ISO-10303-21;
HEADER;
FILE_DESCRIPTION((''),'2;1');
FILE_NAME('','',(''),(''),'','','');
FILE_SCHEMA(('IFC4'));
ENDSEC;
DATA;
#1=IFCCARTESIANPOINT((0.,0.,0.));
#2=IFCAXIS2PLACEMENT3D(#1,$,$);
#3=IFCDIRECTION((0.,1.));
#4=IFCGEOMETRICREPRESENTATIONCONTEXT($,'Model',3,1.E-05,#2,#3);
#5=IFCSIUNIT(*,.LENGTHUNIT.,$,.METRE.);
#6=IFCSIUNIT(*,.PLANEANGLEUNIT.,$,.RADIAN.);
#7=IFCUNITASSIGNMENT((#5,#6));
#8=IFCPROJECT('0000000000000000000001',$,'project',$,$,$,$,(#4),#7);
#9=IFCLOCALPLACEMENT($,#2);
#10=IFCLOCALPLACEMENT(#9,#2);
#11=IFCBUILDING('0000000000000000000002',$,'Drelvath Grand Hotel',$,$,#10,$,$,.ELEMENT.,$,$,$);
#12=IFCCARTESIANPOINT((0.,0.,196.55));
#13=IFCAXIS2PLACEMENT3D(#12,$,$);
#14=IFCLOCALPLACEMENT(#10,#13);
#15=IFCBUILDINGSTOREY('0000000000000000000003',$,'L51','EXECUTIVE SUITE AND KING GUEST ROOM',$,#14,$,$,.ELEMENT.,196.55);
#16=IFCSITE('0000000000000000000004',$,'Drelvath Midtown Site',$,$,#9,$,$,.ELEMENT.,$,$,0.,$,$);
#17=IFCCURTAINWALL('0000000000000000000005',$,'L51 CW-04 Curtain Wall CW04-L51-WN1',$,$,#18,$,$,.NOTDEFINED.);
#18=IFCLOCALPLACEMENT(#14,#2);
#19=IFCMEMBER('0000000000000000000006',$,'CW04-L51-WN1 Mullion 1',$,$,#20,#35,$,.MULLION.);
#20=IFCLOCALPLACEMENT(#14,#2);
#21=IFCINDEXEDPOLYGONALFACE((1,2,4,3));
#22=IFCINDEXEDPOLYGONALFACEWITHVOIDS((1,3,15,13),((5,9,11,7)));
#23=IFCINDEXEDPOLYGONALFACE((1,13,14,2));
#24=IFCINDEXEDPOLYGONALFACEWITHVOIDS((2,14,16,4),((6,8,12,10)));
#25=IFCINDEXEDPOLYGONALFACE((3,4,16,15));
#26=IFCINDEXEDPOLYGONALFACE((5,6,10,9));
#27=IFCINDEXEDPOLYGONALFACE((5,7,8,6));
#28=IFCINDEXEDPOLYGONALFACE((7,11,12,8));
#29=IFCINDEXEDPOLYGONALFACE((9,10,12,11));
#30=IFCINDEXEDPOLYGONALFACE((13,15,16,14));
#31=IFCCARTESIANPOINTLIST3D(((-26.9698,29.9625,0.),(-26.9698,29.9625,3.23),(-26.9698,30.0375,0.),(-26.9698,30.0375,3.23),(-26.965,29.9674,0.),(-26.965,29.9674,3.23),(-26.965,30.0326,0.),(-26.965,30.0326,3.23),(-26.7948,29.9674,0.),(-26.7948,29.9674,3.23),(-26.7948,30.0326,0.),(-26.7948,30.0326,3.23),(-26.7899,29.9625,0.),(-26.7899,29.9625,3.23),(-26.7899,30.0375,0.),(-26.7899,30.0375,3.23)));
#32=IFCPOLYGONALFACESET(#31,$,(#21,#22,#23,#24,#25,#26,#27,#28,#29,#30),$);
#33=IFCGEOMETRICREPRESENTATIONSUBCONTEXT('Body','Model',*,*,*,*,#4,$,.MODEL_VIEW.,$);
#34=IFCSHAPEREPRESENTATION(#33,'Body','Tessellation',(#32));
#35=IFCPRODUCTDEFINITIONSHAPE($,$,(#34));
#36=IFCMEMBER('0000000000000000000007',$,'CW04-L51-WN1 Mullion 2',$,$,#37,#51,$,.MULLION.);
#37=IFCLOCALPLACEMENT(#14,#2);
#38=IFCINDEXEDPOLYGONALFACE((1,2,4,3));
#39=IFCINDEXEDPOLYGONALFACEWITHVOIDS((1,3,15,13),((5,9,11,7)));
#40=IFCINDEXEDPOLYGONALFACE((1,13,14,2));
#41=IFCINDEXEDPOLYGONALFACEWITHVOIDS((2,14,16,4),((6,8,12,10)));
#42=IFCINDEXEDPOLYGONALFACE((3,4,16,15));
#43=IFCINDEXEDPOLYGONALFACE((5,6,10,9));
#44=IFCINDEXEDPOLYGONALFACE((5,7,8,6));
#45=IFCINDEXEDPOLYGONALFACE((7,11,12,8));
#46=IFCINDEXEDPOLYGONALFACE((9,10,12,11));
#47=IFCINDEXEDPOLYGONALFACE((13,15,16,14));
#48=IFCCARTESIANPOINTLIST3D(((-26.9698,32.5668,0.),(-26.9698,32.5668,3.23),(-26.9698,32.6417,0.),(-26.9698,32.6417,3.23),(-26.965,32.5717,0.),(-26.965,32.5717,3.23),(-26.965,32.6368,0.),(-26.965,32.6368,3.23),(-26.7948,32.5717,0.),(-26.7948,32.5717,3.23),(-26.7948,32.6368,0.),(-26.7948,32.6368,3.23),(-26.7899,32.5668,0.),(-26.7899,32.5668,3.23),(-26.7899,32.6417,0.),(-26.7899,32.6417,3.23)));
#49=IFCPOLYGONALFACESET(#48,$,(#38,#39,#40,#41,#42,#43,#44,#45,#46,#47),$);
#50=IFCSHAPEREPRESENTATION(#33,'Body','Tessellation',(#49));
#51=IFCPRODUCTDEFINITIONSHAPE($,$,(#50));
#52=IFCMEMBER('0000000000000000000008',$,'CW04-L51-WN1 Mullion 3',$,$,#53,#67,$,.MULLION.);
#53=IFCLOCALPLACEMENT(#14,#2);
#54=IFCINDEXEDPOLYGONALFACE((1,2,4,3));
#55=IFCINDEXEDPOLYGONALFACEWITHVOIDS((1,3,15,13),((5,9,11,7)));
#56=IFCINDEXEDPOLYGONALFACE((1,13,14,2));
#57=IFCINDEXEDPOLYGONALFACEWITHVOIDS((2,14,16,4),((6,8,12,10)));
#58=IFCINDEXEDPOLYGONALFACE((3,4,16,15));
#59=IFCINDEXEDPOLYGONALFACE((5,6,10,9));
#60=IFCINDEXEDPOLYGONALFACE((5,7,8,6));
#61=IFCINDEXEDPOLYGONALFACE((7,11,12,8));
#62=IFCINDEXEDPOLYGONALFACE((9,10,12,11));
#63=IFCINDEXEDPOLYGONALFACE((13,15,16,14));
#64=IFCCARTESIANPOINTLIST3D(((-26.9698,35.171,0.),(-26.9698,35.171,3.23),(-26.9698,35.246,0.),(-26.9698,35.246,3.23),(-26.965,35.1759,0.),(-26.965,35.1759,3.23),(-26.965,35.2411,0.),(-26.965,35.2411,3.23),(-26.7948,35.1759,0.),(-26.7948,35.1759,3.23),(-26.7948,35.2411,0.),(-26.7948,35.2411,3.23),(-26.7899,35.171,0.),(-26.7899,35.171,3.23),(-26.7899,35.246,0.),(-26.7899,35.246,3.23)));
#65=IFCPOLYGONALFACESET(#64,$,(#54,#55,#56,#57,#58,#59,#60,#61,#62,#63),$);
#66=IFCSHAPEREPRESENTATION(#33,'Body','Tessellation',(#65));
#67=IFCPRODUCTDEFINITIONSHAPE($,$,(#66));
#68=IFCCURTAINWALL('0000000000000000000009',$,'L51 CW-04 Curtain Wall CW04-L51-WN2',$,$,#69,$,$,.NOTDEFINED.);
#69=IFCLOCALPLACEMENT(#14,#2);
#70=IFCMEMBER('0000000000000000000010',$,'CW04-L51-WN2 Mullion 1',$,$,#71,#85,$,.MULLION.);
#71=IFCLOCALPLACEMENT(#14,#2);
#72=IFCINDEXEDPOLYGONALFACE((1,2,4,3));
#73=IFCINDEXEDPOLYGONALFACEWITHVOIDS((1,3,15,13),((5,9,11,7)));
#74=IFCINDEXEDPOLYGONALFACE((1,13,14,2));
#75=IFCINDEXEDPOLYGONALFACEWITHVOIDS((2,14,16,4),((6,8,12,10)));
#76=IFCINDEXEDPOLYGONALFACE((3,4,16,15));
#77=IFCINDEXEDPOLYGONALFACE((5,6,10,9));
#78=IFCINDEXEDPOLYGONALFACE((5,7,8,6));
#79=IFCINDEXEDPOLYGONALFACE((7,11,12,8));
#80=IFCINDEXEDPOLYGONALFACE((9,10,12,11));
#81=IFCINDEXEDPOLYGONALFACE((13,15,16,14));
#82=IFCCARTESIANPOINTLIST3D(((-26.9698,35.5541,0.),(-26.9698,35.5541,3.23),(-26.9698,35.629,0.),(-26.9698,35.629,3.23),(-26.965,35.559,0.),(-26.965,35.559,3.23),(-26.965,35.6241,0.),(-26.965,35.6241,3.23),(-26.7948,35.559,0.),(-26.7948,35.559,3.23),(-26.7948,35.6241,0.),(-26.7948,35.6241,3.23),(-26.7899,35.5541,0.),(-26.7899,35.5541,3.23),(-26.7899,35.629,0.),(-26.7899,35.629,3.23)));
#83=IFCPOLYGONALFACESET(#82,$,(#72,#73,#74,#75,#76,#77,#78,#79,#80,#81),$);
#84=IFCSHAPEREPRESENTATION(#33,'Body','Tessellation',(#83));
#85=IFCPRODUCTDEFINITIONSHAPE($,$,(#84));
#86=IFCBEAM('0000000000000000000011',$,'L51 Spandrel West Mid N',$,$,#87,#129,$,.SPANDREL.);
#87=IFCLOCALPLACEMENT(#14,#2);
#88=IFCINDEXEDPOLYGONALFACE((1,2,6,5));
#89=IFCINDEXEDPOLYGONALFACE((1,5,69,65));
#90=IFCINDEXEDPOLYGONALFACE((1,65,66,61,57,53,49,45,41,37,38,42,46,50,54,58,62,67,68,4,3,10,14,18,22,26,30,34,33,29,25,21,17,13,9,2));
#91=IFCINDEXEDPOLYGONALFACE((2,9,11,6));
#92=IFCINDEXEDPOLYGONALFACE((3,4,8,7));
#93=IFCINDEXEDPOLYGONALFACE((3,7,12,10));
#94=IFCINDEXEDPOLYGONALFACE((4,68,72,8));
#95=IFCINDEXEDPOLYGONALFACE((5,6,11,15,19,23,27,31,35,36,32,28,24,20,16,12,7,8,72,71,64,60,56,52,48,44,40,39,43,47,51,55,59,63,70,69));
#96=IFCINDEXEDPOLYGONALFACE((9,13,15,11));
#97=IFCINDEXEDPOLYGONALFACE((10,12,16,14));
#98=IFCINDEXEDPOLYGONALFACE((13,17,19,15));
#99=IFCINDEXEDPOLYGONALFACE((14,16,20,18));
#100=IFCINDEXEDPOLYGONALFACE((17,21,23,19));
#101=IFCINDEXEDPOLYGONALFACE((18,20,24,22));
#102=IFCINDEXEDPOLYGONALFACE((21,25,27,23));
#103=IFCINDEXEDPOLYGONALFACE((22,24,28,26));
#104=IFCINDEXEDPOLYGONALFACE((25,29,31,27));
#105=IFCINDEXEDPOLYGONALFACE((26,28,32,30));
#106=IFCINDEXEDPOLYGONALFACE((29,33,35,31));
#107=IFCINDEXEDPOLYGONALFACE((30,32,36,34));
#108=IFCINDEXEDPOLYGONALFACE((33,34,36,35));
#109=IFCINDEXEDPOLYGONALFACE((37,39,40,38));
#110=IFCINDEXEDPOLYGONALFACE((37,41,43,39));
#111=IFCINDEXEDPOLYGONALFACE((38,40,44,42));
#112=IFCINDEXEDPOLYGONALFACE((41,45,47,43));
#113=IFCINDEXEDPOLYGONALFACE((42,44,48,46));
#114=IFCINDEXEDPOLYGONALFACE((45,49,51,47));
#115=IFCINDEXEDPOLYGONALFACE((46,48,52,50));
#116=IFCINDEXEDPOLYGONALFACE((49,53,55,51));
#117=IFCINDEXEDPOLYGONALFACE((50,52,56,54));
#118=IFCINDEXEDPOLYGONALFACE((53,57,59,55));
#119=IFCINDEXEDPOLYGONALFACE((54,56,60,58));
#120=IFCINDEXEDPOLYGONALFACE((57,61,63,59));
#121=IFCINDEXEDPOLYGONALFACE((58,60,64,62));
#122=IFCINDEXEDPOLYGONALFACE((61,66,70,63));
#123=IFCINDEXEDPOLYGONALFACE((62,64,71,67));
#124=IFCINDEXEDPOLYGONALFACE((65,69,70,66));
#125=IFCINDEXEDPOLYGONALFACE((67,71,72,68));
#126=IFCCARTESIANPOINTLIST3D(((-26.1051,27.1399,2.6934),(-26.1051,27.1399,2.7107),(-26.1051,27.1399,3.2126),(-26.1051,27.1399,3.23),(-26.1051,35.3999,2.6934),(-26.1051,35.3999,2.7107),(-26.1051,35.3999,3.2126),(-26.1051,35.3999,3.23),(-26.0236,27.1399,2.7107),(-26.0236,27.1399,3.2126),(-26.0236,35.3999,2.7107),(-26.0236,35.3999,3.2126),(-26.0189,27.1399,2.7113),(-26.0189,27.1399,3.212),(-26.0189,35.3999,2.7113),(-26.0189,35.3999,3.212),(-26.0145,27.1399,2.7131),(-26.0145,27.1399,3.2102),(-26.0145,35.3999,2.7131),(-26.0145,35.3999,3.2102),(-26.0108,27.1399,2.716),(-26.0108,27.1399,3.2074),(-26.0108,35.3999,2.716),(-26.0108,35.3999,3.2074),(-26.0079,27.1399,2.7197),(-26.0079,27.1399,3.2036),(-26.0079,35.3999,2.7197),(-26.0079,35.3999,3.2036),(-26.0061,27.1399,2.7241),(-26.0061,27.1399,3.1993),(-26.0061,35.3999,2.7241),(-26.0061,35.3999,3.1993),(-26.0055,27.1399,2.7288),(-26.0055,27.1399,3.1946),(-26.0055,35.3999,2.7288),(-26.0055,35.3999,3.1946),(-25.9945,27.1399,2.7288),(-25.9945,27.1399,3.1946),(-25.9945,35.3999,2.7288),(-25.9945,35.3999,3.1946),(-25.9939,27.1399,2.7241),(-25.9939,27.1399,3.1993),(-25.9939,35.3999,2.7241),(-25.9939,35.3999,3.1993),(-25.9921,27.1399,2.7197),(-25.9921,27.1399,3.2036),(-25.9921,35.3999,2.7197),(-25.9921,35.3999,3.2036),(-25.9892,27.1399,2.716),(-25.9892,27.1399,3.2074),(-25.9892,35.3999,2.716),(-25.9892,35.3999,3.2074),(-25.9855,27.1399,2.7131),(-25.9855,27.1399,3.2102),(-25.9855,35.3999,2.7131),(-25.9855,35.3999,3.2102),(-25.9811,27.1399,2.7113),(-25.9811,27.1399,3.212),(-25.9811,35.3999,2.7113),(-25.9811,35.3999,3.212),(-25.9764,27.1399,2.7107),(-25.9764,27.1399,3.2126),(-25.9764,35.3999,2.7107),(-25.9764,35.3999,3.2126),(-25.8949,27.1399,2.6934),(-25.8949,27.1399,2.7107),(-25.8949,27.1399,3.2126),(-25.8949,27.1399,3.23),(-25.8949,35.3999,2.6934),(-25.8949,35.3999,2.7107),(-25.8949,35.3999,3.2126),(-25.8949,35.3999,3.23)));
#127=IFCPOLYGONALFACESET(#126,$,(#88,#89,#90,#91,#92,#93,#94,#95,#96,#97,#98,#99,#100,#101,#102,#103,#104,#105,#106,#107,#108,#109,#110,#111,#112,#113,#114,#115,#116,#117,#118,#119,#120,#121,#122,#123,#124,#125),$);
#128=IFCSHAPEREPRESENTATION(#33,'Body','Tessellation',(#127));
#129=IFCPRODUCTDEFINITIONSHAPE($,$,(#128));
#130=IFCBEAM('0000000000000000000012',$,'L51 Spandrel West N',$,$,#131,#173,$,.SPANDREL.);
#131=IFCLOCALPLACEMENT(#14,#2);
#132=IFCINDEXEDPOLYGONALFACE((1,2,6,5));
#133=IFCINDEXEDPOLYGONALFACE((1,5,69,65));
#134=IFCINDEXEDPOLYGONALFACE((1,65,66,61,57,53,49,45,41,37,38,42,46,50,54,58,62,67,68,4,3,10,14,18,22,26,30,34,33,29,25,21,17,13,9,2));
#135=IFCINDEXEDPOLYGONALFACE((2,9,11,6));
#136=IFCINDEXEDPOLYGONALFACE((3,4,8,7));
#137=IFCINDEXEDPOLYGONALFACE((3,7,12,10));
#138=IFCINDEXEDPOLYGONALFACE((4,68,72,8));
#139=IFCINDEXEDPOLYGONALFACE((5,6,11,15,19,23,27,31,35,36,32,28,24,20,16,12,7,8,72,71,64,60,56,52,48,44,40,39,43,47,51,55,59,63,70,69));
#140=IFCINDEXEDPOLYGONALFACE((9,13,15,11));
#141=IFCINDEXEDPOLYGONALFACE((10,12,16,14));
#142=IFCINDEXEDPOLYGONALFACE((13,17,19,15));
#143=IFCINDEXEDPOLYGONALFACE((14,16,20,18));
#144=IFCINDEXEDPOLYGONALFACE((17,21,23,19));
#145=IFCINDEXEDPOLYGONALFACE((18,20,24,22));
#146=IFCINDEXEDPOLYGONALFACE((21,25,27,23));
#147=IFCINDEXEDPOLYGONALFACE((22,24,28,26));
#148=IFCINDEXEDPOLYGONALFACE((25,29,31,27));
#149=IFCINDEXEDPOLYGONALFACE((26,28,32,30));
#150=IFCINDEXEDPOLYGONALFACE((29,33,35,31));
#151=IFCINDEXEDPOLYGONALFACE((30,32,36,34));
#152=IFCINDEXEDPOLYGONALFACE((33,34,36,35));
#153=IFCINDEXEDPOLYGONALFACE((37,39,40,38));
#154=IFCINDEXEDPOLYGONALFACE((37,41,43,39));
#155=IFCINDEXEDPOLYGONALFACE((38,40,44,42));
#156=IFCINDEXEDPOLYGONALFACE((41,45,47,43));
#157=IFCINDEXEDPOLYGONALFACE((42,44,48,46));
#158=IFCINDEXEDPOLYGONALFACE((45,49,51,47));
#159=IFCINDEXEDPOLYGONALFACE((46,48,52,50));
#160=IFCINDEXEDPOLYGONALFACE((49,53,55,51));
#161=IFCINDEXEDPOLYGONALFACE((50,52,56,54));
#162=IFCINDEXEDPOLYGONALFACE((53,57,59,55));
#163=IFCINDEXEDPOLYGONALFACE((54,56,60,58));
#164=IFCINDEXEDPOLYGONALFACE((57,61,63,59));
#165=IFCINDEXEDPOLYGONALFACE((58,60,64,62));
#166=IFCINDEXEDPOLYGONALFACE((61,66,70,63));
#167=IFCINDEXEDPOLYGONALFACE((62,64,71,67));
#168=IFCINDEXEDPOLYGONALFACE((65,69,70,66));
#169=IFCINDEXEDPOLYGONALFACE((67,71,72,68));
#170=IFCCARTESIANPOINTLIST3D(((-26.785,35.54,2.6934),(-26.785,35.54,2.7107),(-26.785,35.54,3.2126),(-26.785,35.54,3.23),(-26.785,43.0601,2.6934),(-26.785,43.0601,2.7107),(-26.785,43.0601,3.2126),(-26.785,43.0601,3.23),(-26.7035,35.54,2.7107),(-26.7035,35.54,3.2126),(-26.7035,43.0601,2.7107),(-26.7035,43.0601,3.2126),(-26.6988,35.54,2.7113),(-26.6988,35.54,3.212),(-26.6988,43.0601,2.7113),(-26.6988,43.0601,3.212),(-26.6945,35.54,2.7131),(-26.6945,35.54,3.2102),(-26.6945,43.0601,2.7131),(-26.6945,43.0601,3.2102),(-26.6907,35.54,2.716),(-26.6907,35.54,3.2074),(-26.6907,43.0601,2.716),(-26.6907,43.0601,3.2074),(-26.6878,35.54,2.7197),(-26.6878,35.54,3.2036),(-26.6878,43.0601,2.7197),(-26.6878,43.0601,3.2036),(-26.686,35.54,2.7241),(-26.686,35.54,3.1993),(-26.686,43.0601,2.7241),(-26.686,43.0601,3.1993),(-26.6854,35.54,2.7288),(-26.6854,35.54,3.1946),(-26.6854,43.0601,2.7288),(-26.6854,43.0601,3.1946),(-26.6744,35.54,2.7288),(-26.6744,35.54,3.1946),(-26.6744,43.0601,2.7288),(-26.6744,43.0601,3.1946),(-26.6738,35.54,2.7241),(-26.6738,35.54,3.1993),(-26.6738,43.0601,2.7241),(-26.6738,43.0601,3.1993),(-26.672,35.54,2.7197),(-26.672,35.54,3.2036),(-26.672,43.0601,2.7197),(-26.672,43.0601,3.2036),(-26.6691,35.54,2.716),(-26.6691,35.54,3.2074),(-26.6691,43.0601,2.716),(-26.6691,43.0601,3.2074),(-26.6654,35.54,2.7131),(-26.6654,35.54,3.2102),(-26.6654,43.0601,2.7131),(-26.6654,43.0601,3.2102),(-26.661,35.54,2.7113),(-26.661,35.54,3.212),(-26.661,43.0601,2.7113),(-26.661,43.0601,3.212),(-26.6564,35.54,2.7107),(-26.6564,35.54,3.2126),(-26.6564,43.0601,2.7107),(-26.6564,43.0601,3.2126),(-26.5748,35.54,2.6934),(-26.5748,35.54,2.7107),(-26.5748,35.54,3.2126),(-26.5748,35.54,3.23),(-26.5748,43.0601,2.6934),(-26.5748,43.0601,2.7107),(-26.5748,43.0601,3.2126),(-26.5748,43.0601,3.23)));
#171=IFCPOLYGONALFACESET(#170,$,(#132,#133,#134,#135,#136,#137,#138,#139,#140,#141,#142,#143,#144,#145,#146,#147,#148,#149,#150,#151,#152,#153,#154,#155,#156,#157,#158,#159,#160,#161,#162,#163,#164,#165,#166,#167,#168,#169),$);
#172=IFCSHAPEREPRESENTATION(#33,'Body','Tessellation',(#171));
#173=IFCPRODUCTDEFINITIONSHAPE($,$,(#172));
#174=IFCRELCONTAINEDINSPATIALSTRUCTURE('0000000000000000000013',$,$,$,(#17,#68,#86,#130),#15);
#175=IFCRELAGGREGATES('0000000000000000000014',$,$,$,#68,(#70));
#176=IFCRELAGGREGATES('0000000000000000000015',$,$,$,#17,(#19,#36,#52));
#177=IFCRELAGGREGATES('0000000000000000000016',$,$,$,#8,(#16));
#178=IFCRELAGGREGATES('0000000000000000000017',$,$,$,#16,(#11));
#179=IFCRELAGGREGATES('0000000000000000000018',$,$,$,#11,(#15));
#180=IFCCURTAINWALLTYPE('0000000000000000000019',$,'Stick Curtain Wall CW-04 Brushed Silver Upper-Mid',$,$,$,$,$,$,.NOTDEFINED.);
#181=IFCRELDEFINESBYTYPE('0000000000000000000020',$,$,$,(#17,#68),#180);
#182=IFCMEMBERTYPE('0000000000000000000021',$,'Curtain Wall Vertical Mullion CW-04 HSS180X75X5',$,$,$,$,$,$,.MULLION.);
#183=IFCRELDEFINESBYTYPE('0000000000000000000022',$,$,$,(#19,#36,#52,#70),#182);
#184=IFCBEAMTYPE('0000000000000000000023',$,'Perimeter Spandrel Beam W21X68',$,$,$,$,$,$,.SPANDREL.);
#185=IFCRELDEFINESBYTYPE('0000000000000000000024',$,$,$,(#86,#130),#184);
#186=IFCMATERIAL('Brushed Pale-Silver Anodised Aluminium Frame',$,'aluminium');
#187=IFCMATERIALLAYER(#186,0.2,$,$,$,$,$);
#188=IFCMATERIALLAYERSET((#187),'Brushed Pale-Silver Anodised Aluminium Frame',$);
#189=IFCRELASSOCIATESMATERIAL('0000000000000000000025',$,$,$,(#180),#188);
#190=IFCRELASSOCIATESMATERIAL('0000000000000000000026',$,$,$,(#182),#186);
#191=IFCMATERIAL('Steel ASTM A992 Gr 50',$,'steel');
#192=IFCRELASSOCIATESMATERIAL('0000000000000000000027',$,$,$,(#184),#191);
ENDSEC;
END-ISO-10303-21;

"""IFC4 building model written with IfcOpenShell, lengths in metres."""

from ifc_helpers import new_model, si_unit, direction, frame, origin, origin_2d, place, context, subcontext, project, spatial, hollow_rectangle, i_section, extrude, material, layer, layer_set, material_profile, profile_set, type_object, element, aggregate, save


model = new_model("IFC4")

# Units and contexts
model_context = context("Model", 3, precision=1e-05, world=origin(), true_north=direction((0.0, 1.0)))
body_context = subcontext(model_context, "Body", "Model", "MODEL_VIEW")
ifc_project = project(units=[si_unit("LENGTHUNIT", "METRE"), si_unit("PLANEANGLEUNIT", "RADIAN")], contexts=[model_context])

# Site, building, storey
site_placement = place(None, origin())
site = spatial("IfcSite", under=ifc_project, at=site_placement, Name="Drelvath Midtown Site", CompositionType="ELEMENT", RefElevation=0.0)
building_placement = place(site_placement, origin())
building = spatial("IfcBuilding", under=site, at=building_placement, Name="Drelvath Grand Hotel", CompositionType="ELEMENT")
storey_placement = place(building_placement, frame((0.0, 0.0, 196.55)))
storey = spatial("IfcBuildingStorey", under=building, at=storey_placement, Name="L51", Description="EXECUTIVE SUITE AND KING GUEST ROOM", CompositionType="ELEMENT", Elevation=196.55)

# Curtain wall
ifc_material_1 = material(Name="Brushed Pale-Silver Anodised Aluminium Frame", Category="aluminium")
ifc_layer_1 = layer(ifc_material_1, 0.2)
ifc_layer_set_1 = layer_set([ifc_layer_1], Name="Brushed Pale-Silver Anodised Aluminium Frame")
curtain_wall_type = type_object("IfcCurtainWallType", Name="Stick Curtain Wall CW-04 Brushed Silver Upper-Mid", PredefinedType="NOTDEFINED", material=ifc_layer_set_1)
curtain_wall_1_placement = place(storey_placement, origin())
curtain_wall_1 = element("IfcCurtainWall", 1, at=curtain_wall_1_placement, inside=storey, type_object=curtain_wall_type, Name="L51 CW-04 Curtain Wall CW04-L51-WN1", PredefinedType="NOTDEFINED")
ifc_material_profile_1 = material_profile(ifc_material_1, hollow_rectangle(XDim=0.075, YDim=0.1799, WallThickness=0.0049, at=origin_2d()), Name="HSS180X75X5")
ifc_profile_set_1 = profile_set([ifc_material_profile_1], Name="Brushed Pale-Silver Anodised Aluminium Frame")
member_type_1 = type_object("IfcMemberType", Name="Curtain Wall Vertical Mullion CW-04 HSS180X75X5", PredefinedType="MULLION", material=ifc_profile_set_1)

# Members
member_1_placement = place(storey_placement, frame((-26.8799, 30.0, 0.0), z_axis=(0.0, 0.0, 1.0), x_axis=(0.0, 1.0, 0.0)))
member_1 = element("IfcMember", 2, at=member_1_placement, type_object=member_type_1, Name="CW04-L51-WN1 Mullion 1", PredefinedType="MULLION", context=body_context, shape_type="SweptSolid", body=[
    extrude(hollow_rectangle(XDim=0.075, YDim=0.1799, WallThickness=0.0049, at=origin_2d()), origin(), (0.0, 0.0, 1.0), 3.23),
])
member_2_placement = place(storey_placement, frame((-26.8799, 32.6042, 0.0), z_axis=(0.0, 0.0, 1.0), x_axis=(0.0, 1.0, 0.0)))
member_2 = element("IfcMember", 3, at=member_2_placement, type_object=member_type_1, Name="CW04-L51-WN1 Mullion 2", PredefinedType="MULLION", context=body_context, shape_type="SweptSolid", body=[
    extrude(hollow_rectangle(XDim=0.075, YDim=0.1799, WallThickness=0.0049, at=origin_2d()), origin(), (0.0, 0.0, 1.0), 3.23),
])
member_3_placement = place(storey_placement, frame((-26.8799, 35.2085, 0.0), z_axis=(0.0, 0.0, 1.0), x_axis=(0.0, 1.0, 0.0)))
member_3 = element("IfcMember", 4, at=member_3_placement, type_object=member_type_1, Name="CW04-L51-WN1 Mullion 3", PredefinedType="MULLION", context=body_context, shape_type="SweptSolid", body=[
    extrude(hollow_rectangle(XDim=0.075, YDim=0.1799, WallThickness=0.0049, at=origin_2d()), origin(), (0.0, 0.0, 1.0), 3.23),
])

# Curtain wall, member
curtain_wall_2_placement = place(storey_placement, origin())
curtain_wall_2 = element("IfcCurtainWall", 5, at=curtain_wall_2_placement, inside=storey, type_object=curtain_wall_type, Name="L51 CW-04 Curtain Wall CW04-L51-WN2", PredefinedType="NOTDEFINED")
member_4_placement = place(storey_placement, frame((-26.8799, 35.5916, 0.0), z_axis=(0.0, 0.0, 1.0), x_axis=(0.0, 1.0, 0.0)))
member_4 = element("IfcMember", 6, at=member_4_placement, type_object=member_type_1, Name="CW04-L51-WN2 Mullion 1", PredefinedType="MULLION", context=body_context, shape_type="SweptSolid", body=[
    extrude(hollow_rectangle(XDim=0.075, YDim=0.1799, WallThickness=0.0049, at=origin_2d()), origin(), (0.0, 0.0, 1.0), 3.23),
])
aggregate(curtain_wall_2, [member_4])

# Beams
ifc_material_2 = material(Name="Steel ASTM A992 Gr 50", Category="steel")
ifc_material_profile_2 = material_profile(ifc_material_2, i_section(OverallWidth=0.2102, OverallDepth=0.5366, WebThickness=0.011, FlangeThickness=0.0173, FilletRadius=0.0181, at=origin_2d()), Name="W21X68")
ifc_profile_set_2 = profile_set([ifc_material_profile_2], Name="Steel ASTM A992 Gr 50")
beam_type_1 = type_object("IfcBeamType", Name="Perimeter Spandrel Beam W21X68", PredefinedType="SPANDREL", material=ifc_profile_set_2)
beam_1_placement = place(storey_placement, frame((-26.0, 27.1399, 2.9617), z_axis=(0.0, 1.0, 0.0), x_axis=(-1.0, 0.0, 0.0)))
element("IfcBeam", 7, at=beam_1_placement, inside=storey, type_object=beam_type_1, Name="L51 Spandrel West Mid N", PredefinedType="SPANDREL", context=body_context, shape_type="SweptSolid", body=[
    extrude(i_section(OverallWidth=0.2102, OverallDepth=0.5366, WebThickness=0.011, FlangeThickness=0.0173, FilletRadius=0.0181, at=origin_2d()), origin(), (0.0, 0.0, 1.0), 8.26),
])
beam_2_placement = place(storey_placement, frame((-26.6799, 35.54, 2.9617), z_axis=(0.0, 1.0, 0.0), x_axis=(-1.0, 0.0, 0.0)))
element("IfcBeam", 8, at=beam_2_placement, inside=storey, type_object=beam_type_1, Name="L51 Spandrel West N", PredefinedType="SPANDREL", context=body_context, shape_type="SweptSolid", body=[
    extrude(i_section(OverallWidth=0.2102, OverallDepth=0.5366, WebThickness=0.011, FlangeThickness=0.0173, FilletRadius=0.0181, at=origin_2d()), origin(), (0.0, 0.0, 1.0), 7.52),
])

aggregate(curtain_wall_1, [member_1, member_2, member_3])

save(model, "model.ifc")
